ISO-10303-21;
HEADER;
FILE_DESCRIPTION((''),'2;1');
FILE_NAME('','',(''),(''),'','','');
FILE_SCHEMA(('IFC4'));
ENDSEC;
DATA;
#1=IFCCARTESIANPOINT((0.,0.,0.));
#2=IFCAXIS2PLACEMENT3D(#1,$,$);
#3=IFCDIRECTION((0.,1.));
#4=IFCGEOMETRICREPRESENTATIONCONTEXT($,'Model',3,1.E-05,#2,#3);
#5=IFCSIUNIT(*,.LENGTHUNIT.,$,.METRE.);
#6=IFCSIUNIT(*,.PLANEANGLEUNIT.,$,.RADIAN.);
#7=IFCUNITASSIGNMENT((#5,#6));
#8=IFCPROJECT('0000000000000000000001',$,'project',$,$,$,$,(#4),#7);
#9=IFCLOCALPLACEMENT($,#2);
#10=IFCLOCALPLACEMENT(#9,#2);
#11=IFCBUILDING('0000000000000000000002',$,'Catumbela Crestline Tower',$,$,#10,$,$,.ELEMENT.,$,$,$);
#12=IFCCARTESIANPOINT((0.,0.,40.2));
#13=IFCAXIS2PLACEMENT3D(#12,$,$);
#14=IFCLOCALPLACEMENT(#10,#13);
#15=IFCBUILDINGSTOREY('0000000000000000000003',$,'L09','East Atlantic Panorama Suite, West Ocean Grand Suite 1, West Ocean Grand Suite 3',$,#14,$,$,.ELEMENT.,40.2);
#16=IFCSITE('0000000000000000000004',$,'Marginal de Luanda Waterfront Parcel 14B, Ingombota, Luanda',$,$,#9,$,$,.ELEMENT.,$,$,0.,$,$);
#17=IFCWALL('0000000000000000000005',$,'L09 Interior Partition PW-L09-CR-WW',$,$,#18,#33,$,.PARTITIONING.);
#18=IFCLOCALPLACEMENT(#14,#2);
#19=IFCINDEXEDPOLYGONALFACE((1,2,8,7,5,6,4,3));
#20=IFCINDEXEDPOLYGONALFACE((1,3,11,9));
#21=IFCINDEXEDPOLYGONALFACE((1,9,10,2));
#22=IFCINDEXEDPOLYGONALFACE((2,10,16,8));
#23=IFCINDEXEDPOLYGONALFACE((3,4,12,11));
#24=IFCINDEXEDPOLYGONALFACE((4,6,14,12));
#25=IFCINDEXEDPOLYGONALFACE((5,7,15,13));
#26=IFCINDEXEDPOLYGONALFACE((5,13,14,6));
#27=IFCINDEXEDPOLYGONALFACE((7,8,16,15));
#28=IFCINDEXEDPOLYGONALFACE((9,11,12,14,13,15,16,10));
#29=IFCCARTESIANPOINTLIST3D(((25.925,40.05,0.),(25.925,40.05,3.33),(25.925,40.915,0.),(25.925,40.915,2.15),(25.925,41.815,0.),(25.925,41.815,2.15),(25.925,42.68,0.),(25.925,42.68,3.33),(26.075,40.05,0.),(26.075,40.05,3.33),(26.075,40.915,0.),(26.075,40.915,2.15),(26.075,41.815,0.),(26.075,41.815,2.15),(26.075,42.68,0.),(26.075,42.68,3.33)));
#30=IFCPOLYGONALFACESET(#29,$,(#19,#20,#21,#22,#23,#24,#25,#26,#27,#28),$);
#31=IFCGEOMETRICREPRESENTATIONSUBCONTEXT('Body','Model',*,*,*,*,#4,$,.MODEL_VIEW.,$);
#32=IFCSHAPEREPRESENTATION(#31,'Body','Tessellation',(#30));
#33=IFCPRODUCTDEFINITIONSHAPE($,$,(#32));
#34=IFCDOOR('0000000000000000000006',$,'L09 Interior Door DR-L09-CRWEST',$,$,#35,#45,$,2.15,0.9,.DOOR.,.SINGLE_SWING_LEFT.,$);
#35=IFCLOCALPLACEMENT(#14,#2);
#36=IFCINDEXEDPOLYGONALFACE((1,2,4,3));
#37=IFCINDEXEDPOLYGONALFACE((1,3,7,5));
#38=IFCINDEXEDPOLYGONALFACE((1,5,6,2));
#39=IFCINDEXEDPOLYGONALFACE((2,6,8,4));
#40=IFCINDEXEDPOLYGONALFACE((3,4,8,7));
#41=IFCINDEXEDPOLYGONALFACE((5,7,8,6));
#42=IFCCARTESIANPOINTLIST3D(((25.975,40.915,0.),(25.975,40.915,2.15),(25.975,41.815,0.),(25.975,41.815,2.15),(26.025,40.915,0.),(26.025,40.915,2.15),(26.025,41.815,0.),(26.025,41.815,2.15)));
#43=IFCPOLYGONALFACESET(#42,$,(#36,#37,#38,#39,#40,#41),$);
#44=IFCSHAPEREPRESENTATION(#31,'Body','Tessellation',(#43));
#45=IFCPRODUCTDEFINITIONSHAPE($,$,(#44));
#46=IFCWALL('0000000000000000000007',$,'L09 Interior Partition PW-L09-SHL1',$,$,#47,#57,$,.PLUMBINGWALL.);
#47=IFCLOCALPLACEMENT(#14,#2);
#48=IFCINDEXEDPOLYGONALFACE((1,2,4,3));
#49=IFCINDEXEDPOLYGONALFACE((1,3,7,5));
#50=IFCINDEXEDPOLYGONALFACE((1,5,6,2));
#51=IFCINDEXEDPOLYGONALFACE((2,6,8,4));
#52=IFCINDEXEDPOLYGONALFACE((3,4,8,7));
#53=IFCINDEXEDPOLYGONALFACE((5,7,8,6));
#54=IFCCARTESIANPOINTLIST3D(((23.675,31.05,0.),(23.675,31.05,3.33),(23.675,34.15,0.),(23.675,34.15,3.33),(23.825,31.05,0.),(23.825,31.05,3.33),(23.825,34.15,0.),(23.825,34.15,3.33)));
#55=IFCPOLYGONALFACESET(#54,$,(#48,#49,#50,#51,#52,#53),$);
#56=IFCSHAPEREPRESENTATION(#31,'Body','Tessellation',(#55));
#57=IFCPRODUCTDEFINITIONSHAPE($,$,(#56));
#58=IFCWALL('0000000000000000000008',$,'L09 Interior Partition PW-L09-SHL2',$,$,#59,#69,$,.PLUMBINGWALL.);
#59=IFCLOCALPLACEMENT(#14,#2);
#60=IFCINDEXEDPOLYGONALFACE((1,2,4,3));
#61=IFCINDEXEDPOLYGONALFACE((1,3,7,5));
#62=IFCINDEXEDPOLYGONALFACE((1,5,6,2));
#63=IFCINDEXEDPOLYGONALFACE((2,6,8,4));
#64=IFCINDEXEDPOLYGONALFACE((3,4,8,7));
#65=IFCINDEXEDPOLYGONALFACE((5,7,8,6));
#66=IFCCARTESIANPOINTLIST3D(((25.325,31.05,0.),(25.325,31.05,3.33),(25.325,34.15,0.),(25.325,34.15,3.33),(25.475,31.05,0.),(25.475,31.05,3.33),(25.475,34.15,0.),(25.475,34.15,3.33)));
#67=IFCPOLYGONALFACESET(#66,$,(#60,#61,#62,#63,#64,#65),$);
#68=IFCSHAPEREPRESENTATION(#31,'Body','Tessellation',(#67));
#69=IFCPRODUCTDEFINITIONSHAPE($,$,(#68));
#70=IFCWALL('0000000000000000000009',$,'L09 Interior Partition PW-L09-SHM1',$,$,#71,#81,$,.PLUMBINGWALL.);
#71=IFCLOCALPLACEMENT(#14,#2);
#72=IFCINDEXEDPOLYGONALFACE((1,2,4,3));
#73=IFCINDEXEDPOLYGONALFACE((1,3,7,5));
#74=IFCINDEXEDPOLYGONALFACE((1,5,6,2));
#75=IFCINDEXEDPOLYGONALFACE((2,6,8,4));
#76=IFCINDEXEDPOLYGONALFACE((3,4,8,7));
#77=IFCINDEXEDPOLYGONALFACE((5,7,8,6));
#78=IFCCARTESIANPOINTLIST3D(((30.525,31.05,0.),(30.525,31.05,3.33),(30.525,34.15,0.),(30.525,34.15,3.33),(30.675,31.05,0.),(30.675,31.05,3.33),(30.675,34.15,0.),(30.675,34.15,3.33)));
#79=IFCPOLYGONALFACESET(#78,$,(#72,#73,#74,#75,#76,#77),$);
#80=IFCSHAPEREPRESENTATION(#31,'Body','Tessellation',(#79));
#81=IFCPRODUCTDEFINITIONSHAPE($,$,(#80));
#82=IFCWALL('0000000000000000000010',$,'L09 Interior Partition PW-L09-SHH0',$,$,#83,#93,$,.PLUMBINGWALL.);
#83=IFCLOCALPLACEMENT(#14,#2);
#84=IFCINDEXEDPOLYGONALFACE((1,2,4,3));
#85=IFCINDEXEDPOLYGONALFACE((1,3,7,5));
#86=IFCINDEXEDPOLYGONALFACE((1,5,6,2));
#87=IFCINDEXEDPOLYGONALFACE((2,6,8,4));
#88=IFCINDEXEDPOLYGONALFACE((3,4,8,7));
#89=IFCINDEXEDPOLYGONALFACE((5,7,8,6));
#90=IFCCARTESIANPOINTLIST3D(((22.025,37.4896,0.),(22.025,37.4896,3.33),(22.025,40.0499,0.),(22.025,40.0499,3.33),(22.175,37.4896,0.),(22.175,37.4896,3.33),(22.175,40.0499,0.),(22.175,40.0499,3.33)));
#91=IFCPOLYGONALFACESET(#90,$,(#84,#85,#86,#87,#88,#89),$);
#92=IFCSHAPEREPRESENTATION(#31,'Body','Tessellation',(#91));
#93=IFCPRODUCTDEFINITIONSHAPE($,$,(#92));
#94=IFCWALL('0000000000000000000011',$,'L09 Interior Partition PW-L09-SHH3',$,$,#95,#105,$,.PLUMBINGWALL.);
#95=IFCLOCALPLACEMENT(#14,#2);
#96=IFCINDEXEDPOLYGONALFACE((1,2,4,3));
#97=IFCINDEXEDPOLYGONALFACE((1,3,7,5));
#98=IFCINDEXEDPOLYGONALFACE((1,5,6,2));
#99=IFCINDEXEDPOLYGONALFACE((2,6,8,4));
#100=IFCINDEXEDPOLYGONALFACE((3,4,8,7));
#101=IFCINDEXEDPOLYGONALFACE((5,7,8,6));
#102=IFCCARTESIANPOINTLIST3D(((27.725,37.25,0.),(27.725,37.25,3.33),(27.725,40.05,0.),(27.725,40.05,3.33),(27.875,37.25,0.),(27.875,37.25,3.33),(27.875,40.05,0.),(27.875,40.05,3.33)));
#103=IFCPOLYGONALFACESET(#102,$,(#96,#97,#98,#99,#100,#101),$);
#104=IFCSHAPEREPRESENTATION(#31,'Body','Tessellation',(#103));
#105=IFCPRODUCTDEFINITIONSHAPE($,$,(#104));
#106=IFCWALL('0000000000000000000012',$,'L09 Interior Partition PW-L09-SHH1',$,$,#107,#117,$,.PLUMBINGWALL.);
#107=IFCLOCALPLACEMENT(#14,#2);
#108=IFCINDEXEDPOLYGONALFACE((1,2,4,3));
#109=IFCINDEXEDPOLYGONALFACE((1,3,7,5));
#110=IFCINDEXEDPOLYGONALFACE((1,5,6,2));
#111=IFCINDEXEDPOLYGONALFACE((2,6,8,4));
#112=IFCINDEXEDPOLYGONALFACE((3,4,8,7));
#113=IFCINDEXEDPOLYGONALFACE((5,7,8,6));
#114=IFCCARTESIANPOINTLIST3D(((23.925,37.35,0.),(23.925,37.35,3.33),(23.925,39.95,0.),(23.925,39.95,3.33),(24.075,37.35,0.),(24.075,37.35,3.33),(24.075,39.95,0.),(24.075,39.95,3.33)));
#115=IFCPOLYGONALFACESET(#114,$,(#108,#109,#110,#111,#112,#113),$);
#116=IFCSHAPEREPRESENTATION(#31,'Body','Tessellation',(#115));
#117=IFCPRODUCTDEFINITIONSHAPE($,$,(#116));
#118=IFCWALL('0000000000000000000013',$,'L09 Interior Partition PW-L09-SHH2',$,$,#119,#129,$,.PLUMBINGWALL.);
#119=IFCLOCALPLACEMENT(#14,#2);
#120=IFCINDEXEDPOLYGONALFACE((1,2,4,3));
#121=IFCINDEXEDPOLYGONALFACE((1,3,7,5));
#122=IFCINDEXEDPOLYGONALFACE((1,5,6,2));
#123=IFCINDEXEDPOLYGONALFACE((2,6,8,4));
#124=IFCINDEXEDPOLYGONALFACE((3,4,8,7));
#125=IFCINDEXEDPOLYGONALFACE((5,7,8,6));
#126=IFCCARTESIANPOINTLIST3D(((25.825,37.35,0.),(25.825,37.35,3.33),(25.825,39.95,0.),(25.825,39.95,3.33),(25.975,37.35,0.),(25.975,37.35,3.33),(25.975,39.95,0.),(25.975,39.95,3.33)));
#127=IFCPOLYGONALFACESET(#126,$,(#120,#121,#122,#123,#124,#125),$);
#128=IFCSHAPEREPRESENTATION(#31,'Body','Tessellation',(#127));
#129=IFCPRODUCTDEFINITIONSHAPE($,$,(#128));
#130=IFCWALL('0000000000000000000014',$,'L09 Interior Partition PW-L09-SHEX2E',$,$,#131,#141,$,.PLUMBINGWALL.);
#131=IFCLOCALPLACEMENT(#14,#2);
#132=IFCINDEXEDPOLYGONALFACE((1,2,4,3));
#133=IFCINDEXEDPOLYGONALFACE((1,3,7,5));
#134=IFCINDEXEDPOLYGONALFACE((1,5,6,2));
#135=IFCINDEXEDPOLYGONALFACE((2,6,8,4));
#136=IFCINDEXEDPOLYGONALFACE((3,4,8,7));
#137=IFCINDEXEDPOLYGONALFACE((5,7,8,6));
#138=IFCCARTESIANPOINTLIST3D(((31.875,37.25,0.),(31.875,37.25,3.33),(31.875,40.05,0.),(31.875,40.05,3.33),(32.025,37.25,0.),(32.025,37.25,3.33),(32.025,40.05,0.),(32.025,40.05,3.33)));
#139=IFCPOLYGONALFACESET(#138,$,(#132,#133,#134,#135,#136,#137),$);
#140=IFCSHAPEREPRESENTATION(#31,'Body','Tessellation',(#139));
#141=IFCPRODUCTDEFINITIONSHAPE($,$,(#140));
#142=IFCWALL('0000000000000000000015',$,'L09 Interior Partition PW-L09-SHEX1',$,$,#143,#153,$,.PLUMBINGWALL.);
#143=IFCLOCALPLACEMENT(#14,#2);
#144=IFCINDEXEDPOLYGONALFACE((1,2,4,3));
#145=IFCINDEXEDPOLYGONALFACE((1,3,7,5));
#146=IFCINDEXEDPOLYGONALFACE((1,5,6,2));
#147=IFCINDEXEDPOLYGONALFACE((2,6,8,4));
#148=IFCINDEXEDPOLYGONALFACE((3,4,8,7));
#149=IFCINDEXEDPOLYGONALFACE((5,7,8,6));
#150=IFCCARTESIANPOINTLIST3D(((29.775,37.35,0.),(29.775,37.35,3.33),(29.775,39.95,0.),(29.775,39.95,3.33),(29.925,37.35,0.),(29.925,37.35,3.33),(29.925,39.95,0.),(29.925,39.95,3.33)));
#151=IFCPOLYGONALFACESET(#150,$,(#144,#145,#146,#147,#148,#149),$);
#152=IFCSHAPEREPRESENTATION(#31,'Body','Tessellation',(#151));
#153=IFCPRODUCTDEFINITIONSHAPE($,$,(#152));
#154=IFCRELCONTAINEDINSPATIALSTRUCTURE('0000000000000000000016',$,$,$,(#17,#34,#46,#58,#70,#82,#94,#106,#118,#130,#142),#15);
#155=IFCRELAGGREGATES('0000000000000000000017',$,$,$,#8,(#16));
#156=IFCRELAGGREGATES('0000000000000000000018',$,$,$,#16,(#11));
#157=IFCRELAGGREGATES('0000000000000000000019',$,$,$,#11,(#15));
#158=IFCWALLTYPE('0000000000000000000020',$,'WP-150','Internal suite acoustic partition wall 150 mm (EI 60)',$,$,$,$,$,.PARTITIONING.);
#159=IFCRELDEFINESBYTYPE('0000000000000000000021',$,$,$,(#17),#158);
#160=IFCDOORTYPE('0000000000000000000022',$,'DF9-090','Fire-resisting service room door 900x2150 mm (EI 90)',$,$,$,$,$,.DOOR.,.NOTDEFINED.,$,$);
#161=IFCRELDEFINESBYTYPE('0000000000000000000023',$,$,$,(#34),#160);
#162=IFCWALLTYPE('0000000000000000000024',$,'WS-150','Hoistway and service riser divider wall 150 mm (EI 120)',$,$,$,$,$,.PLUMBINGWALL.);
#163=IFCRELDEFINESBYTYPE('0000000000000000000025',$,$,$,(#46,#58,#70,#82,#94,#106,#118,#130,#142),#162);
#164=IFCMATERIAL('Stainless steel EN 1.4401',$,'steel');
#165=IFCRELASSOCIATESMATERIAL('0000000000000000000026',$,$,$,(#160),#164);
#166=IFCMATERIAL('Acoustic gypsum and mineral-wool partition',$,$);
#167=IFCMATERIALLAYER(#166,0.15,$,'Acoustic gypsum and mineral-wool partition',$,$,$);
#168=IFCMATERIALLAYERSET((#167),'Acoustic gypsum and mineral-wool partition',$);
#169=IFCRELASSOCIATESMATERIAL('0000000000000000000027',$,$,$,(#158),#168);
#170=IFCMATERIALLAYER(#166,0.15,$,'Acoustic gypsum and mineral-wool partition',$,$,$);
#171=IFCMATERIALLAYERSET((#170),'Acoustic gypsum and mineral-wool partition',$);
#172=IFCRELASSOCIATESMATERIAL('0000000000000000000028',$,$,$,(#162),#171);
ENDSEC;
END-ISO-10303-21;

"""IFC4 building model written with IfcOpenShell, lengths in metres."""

from ifc_helpers import new_model, si_unit, direction, frame, frame_2d, origin, place, context, subcontext, project, spatial, rectangle, extrude, material, layer, layer_set, type_object, element, fill, save


model = new_model("IFC4")

# Units and contexts
model_context = context("Model", 3, precision=1e-05, world=origin(), true_north=direction((0.0, 1.0)))
body_context = subcontext(model_context, "Body", "Model", "MODEL_VIEW")
ifc_project = project(units=[si_unit("LENGTHUNIT", "METRE"), si_unit("PLANEANGLEUNIT", "RADIAN")], contexts=[model_context])

# Site, building, storey
site_placement = place(None, origin())
site = spatial("IfcSite", under=ifc_project, at=site_placement, Name="Marginal de Luanda Waterfront Parcel 14B, Ingombota, Luanda", CompositionType="ELEMENT", RefElevation=0.0)
building_placement = place(site_placement, origin())
building = spatial("IfcBuilding", under=site, at=building_placement, Name="Catumbela Crestline Tower", CompositionType="ELEMENT")
storey_placement = place(building_placement, frame((0.0, 0.0, 40.2)))
storey = spatial("IfcBuildingStorey", under=building, at=storey_placement, Name="L09", Description="East Atlantic Panorama Suite, West Ocean Grand Suite 1, West Ocean Grand Suite 3", CompositionType="ELEMENT", Elevation=40.2)

# Shared definitions
ifc_material_1 = material(Name="Stainless steel EN 1.4401", Category="steel")

# Shared definitions
door_type_1 = type_object("IfcDoorType", Name="DF9-090", Description="Fire-resisting service room door 900x2150 mm (EI 90)", OperationType="NOTDEFINED", PredefinedType="DOOR", material=ifc_material_1)

# Wall, opening, door
ifc_material_2 = material(Name="Acoustic gypsum and mineral-wool partition")
ifc_layer_1 = layer(ifc_material_2, 0.15, Name="Acoustic gypsum and mineral-wool partition")
ifc_layer_set_1 = layer_set([ifc_layer_1], Name="Acoustic gypsum and mineral-wool partition")
wall_type_1 = type_object("IfcWallType", Name="WP-150", Description="Internal suite acoustic partition wall 150 mm (EI 60)", PredefinedType="PARTITIONING", material=ifc_layer_set_1)
wall_1_placement = place(storey_placement, frame((26.0, 40.05, 0.0), z_axis=(0.0, 0.0, 1.0), x_axis=(0.0, 1.0, 0.0)))
wall_1 = element("IfcWall", 1, at=wall_1_placement, inside=storey, type_object=wall_type_1, Name="L09 Interior Partition PW-L09-CR-WW", PredefinedType="PARTITIONING", context=body_context, shape_type="SweptSolid", body=[
    extrude(rectangle(XDim=2.63, YDim=0.15, at=frame_2d((1.315, 0.0))), origin(), (0.0, 0.0, 1.0), 3.33),
])
opening_1_placement = place(wall_1_placement, frame((0.865, 0.0, 0.0)))
opening_1 = element("IfcOpeningElement", 2, at=opening_1_placement, cuts=wall_1, PredefinedType="OPENING", context=body_context, shape_type="SweptSolid", body=[
    extrude(rectangle(XDim=0.9, YDim=2.15, at=frame_2d((0.45, 1.075))), frame((0.0, 0.085, 0.0), z_axis=(0.0, -1.0, 0.0), x_axis=(1.0, 0.0, 0.0)), (0.0, 0.0, 1.0), 0.17),
])
door_1_placement = place(opening_1_placement, origin())
door_1 = element("IfcDoor", 3, at=door_1_placement, inside=storey, type_object=door_type_1, Name="L09 Interior Door DR-L09-CRWEST", OperationType="SINGLE_SWING_LEFT", OverallHeight=2.15, OverallWidth=0.9, PredefinedType="DOOR", context=body_context, shape_type="SweptSolid", body=[
    extrude(rectangle(XDim=0.9, YDim=2.15, at=frame_2d((0.45, 1.075))), frame((0.0, 0.025, 0.0), z_axis=(0.0, -1.0, 0.0), x_axis=(1.0, 0.0, 0.0)), (0.0, 0.0, 1.0), 0.05),
])
fill(opening_1, door_1)

# Walls
ifc_layer_2 = layer(ifc_material_2, 0.15, Name="Acoustic gypsum and mineral-wool partition")
ifc_layer_set_2 = layer_set([ifc_layer_2], Name="Acoustic gypsum and mineral-wool partition")
wall_type_2 = type_object("IfcWallType", Name="WS-150", Description="Hoistway and service riser divider wall 150 mm (EI 120)", PredefinedType="PLUMBINGWALL", material=ifc_layer_set_2)
for number, where, z_axis, x_axis, name in (
    (4, (23.75, 31.05, 0.0), (0.0, 0.0, 1.0), (0.0, 1.0, 0.0), "L09 Interior Partition PW-L09-SHL1"),
    (5, (25.4, 31.05, 0.0), (0.0, 0.0, 1.0), (0.0, 1.0, 0.0), "L09 Interior Partition PW-L09-SHL2"),
    (6, (30.6, 31.05, 0.0), (0.0, 0.0, 1.0), (0.0, 1.0, 0.0), "L09 Interior Partition PW-L09-SHM1"),
):
    element("IfcWall", number, at=place(storey_placement, frame(where, z_axis=z_axis, x_axis=x_axis)), inside=storey, type_object=wall_type_2, Name=name, PredefinedType="PLUMBINGWALL", context=body_context, shape_type="SweptSolid", body=[
        extrude(rectangle(XDim=3.1, YDim=0.15, at=frame_2d((1.55, 0.0))), origin(), (0.0, 0.0, 1.0), 3.33),
    ])
wall_2_placement = place(storey_placement, frame((22.1, 37.4897, 0.0), z_axis=(0.0, 0.0, 1.0), x_axis=(0.0, 1.0, 0.0)))
element("IfcWall", 7, at=wall_2_placement, inside=storey, type_object=wall_type_2, Name="L09 Interior Partition PW-L09-SHH0", PredefinedType="PLUMBINGWALL", context=body_context, shape_type="SweptSolid", body=[
    extrude(rectangle(XDim=2.5603, YDim=0.15, at=frame_2d((1.2801, 0.0))), origin(), (0.0, 0.0, 1.0), 3.33),
])
wall_3_placement = place(storey_placement, frame((27.8, 37.25, 0.0), z_axis=(0.0, 0.0, 1.0), x_axis=(0.0, 1.0, 0.0)))
element("IfcWall", 8, at=wall_3_placement, inside=storey, type_object=wall_type_2, Name="L09 Interior Partition PW-L09-SHH3", PredefinedType="PLUMBINGWALL", context=body_context, shape_type="SweptSolid", body=[
    extrude(rectangle(XDim=2.8, YDim=0.15, at=frame_2d((1.4, 0.0))), origin(), (0.0, 0.0, 1.0), 3.33),
])
for number, where, z_axis, x_axis, name in (
    (9, (24.0, 37.35, 0.0), (0.0, 0.0, 1.0), (0.0, 1.0, 0.0), "L09 Interior Partition PW-L09-SHH1"),
    (10, (25.9, 37.35, 0.0), (0.0, 0.0, 1.0), (0.0, 1.0, 0.0), "L09 Interior Partition PW-L09-SHH2"),
):
    element("IfcWall", number, at=place(storey_placement, frame(where, z_axis=z_axis, x_axis=x_axis)), inside=storey, type_object=wall_type_2, Name=name, PredefinedType="PLUMBINGWALL", context=body_context, shape_type="SweptSolid", body=[
        extrude(rectangle(XDim=2.6, YDim=0.15, at=frame_2d((1.3, 0.0))), origin(), (0.0, 0.0, 1.0), 3.33),
    ])
wall_4_placement = place(storey_placement, frame((31.95, 37.25, 0.0), z_axis=(0.0, 0.0, 1.0), x_axis=(0.0, 1.0, 0.0)))
element("IfcWall", 11, at=wall_4_placement, inside=storey, type_object=wall_type_2, Name="L09 Interior Partition PW-L09-SHEX2E", PredefinedType="PLUMBINGWALL", context=body_context, shape_type="SweptSolid", body=[
    extrude(rectangle(XDim=2.8, YDim=0.15, at=frame_2d((1.4, 0.0))), origin(), (0.0, 0.0, 1.0), 3.33),
])
wall_5_placement = place(storey_placement, frame((29.85, 37.35, 0.0), z_axis=(0.0, 0.0, 1.0), x_axis=(0.0, 1.0, 0.0)))
element("IfcWall", 12, at=wall_5_placement, inside=storey, type_object=wall_type_2, Name="L09 Interior Partition PW-L09-SHEX1", PredefinedType="PLUMBINGWALL", context=body_context, shape_type="SweptSolid", body=[
    extrude(rectangle(XDim=2.6, YDim=0.15, at=frame_2d((1.3, 0.0))), origin(), (0.0, 0.0, 1.0), 3.33),
])

save(model, "model.ifc")
